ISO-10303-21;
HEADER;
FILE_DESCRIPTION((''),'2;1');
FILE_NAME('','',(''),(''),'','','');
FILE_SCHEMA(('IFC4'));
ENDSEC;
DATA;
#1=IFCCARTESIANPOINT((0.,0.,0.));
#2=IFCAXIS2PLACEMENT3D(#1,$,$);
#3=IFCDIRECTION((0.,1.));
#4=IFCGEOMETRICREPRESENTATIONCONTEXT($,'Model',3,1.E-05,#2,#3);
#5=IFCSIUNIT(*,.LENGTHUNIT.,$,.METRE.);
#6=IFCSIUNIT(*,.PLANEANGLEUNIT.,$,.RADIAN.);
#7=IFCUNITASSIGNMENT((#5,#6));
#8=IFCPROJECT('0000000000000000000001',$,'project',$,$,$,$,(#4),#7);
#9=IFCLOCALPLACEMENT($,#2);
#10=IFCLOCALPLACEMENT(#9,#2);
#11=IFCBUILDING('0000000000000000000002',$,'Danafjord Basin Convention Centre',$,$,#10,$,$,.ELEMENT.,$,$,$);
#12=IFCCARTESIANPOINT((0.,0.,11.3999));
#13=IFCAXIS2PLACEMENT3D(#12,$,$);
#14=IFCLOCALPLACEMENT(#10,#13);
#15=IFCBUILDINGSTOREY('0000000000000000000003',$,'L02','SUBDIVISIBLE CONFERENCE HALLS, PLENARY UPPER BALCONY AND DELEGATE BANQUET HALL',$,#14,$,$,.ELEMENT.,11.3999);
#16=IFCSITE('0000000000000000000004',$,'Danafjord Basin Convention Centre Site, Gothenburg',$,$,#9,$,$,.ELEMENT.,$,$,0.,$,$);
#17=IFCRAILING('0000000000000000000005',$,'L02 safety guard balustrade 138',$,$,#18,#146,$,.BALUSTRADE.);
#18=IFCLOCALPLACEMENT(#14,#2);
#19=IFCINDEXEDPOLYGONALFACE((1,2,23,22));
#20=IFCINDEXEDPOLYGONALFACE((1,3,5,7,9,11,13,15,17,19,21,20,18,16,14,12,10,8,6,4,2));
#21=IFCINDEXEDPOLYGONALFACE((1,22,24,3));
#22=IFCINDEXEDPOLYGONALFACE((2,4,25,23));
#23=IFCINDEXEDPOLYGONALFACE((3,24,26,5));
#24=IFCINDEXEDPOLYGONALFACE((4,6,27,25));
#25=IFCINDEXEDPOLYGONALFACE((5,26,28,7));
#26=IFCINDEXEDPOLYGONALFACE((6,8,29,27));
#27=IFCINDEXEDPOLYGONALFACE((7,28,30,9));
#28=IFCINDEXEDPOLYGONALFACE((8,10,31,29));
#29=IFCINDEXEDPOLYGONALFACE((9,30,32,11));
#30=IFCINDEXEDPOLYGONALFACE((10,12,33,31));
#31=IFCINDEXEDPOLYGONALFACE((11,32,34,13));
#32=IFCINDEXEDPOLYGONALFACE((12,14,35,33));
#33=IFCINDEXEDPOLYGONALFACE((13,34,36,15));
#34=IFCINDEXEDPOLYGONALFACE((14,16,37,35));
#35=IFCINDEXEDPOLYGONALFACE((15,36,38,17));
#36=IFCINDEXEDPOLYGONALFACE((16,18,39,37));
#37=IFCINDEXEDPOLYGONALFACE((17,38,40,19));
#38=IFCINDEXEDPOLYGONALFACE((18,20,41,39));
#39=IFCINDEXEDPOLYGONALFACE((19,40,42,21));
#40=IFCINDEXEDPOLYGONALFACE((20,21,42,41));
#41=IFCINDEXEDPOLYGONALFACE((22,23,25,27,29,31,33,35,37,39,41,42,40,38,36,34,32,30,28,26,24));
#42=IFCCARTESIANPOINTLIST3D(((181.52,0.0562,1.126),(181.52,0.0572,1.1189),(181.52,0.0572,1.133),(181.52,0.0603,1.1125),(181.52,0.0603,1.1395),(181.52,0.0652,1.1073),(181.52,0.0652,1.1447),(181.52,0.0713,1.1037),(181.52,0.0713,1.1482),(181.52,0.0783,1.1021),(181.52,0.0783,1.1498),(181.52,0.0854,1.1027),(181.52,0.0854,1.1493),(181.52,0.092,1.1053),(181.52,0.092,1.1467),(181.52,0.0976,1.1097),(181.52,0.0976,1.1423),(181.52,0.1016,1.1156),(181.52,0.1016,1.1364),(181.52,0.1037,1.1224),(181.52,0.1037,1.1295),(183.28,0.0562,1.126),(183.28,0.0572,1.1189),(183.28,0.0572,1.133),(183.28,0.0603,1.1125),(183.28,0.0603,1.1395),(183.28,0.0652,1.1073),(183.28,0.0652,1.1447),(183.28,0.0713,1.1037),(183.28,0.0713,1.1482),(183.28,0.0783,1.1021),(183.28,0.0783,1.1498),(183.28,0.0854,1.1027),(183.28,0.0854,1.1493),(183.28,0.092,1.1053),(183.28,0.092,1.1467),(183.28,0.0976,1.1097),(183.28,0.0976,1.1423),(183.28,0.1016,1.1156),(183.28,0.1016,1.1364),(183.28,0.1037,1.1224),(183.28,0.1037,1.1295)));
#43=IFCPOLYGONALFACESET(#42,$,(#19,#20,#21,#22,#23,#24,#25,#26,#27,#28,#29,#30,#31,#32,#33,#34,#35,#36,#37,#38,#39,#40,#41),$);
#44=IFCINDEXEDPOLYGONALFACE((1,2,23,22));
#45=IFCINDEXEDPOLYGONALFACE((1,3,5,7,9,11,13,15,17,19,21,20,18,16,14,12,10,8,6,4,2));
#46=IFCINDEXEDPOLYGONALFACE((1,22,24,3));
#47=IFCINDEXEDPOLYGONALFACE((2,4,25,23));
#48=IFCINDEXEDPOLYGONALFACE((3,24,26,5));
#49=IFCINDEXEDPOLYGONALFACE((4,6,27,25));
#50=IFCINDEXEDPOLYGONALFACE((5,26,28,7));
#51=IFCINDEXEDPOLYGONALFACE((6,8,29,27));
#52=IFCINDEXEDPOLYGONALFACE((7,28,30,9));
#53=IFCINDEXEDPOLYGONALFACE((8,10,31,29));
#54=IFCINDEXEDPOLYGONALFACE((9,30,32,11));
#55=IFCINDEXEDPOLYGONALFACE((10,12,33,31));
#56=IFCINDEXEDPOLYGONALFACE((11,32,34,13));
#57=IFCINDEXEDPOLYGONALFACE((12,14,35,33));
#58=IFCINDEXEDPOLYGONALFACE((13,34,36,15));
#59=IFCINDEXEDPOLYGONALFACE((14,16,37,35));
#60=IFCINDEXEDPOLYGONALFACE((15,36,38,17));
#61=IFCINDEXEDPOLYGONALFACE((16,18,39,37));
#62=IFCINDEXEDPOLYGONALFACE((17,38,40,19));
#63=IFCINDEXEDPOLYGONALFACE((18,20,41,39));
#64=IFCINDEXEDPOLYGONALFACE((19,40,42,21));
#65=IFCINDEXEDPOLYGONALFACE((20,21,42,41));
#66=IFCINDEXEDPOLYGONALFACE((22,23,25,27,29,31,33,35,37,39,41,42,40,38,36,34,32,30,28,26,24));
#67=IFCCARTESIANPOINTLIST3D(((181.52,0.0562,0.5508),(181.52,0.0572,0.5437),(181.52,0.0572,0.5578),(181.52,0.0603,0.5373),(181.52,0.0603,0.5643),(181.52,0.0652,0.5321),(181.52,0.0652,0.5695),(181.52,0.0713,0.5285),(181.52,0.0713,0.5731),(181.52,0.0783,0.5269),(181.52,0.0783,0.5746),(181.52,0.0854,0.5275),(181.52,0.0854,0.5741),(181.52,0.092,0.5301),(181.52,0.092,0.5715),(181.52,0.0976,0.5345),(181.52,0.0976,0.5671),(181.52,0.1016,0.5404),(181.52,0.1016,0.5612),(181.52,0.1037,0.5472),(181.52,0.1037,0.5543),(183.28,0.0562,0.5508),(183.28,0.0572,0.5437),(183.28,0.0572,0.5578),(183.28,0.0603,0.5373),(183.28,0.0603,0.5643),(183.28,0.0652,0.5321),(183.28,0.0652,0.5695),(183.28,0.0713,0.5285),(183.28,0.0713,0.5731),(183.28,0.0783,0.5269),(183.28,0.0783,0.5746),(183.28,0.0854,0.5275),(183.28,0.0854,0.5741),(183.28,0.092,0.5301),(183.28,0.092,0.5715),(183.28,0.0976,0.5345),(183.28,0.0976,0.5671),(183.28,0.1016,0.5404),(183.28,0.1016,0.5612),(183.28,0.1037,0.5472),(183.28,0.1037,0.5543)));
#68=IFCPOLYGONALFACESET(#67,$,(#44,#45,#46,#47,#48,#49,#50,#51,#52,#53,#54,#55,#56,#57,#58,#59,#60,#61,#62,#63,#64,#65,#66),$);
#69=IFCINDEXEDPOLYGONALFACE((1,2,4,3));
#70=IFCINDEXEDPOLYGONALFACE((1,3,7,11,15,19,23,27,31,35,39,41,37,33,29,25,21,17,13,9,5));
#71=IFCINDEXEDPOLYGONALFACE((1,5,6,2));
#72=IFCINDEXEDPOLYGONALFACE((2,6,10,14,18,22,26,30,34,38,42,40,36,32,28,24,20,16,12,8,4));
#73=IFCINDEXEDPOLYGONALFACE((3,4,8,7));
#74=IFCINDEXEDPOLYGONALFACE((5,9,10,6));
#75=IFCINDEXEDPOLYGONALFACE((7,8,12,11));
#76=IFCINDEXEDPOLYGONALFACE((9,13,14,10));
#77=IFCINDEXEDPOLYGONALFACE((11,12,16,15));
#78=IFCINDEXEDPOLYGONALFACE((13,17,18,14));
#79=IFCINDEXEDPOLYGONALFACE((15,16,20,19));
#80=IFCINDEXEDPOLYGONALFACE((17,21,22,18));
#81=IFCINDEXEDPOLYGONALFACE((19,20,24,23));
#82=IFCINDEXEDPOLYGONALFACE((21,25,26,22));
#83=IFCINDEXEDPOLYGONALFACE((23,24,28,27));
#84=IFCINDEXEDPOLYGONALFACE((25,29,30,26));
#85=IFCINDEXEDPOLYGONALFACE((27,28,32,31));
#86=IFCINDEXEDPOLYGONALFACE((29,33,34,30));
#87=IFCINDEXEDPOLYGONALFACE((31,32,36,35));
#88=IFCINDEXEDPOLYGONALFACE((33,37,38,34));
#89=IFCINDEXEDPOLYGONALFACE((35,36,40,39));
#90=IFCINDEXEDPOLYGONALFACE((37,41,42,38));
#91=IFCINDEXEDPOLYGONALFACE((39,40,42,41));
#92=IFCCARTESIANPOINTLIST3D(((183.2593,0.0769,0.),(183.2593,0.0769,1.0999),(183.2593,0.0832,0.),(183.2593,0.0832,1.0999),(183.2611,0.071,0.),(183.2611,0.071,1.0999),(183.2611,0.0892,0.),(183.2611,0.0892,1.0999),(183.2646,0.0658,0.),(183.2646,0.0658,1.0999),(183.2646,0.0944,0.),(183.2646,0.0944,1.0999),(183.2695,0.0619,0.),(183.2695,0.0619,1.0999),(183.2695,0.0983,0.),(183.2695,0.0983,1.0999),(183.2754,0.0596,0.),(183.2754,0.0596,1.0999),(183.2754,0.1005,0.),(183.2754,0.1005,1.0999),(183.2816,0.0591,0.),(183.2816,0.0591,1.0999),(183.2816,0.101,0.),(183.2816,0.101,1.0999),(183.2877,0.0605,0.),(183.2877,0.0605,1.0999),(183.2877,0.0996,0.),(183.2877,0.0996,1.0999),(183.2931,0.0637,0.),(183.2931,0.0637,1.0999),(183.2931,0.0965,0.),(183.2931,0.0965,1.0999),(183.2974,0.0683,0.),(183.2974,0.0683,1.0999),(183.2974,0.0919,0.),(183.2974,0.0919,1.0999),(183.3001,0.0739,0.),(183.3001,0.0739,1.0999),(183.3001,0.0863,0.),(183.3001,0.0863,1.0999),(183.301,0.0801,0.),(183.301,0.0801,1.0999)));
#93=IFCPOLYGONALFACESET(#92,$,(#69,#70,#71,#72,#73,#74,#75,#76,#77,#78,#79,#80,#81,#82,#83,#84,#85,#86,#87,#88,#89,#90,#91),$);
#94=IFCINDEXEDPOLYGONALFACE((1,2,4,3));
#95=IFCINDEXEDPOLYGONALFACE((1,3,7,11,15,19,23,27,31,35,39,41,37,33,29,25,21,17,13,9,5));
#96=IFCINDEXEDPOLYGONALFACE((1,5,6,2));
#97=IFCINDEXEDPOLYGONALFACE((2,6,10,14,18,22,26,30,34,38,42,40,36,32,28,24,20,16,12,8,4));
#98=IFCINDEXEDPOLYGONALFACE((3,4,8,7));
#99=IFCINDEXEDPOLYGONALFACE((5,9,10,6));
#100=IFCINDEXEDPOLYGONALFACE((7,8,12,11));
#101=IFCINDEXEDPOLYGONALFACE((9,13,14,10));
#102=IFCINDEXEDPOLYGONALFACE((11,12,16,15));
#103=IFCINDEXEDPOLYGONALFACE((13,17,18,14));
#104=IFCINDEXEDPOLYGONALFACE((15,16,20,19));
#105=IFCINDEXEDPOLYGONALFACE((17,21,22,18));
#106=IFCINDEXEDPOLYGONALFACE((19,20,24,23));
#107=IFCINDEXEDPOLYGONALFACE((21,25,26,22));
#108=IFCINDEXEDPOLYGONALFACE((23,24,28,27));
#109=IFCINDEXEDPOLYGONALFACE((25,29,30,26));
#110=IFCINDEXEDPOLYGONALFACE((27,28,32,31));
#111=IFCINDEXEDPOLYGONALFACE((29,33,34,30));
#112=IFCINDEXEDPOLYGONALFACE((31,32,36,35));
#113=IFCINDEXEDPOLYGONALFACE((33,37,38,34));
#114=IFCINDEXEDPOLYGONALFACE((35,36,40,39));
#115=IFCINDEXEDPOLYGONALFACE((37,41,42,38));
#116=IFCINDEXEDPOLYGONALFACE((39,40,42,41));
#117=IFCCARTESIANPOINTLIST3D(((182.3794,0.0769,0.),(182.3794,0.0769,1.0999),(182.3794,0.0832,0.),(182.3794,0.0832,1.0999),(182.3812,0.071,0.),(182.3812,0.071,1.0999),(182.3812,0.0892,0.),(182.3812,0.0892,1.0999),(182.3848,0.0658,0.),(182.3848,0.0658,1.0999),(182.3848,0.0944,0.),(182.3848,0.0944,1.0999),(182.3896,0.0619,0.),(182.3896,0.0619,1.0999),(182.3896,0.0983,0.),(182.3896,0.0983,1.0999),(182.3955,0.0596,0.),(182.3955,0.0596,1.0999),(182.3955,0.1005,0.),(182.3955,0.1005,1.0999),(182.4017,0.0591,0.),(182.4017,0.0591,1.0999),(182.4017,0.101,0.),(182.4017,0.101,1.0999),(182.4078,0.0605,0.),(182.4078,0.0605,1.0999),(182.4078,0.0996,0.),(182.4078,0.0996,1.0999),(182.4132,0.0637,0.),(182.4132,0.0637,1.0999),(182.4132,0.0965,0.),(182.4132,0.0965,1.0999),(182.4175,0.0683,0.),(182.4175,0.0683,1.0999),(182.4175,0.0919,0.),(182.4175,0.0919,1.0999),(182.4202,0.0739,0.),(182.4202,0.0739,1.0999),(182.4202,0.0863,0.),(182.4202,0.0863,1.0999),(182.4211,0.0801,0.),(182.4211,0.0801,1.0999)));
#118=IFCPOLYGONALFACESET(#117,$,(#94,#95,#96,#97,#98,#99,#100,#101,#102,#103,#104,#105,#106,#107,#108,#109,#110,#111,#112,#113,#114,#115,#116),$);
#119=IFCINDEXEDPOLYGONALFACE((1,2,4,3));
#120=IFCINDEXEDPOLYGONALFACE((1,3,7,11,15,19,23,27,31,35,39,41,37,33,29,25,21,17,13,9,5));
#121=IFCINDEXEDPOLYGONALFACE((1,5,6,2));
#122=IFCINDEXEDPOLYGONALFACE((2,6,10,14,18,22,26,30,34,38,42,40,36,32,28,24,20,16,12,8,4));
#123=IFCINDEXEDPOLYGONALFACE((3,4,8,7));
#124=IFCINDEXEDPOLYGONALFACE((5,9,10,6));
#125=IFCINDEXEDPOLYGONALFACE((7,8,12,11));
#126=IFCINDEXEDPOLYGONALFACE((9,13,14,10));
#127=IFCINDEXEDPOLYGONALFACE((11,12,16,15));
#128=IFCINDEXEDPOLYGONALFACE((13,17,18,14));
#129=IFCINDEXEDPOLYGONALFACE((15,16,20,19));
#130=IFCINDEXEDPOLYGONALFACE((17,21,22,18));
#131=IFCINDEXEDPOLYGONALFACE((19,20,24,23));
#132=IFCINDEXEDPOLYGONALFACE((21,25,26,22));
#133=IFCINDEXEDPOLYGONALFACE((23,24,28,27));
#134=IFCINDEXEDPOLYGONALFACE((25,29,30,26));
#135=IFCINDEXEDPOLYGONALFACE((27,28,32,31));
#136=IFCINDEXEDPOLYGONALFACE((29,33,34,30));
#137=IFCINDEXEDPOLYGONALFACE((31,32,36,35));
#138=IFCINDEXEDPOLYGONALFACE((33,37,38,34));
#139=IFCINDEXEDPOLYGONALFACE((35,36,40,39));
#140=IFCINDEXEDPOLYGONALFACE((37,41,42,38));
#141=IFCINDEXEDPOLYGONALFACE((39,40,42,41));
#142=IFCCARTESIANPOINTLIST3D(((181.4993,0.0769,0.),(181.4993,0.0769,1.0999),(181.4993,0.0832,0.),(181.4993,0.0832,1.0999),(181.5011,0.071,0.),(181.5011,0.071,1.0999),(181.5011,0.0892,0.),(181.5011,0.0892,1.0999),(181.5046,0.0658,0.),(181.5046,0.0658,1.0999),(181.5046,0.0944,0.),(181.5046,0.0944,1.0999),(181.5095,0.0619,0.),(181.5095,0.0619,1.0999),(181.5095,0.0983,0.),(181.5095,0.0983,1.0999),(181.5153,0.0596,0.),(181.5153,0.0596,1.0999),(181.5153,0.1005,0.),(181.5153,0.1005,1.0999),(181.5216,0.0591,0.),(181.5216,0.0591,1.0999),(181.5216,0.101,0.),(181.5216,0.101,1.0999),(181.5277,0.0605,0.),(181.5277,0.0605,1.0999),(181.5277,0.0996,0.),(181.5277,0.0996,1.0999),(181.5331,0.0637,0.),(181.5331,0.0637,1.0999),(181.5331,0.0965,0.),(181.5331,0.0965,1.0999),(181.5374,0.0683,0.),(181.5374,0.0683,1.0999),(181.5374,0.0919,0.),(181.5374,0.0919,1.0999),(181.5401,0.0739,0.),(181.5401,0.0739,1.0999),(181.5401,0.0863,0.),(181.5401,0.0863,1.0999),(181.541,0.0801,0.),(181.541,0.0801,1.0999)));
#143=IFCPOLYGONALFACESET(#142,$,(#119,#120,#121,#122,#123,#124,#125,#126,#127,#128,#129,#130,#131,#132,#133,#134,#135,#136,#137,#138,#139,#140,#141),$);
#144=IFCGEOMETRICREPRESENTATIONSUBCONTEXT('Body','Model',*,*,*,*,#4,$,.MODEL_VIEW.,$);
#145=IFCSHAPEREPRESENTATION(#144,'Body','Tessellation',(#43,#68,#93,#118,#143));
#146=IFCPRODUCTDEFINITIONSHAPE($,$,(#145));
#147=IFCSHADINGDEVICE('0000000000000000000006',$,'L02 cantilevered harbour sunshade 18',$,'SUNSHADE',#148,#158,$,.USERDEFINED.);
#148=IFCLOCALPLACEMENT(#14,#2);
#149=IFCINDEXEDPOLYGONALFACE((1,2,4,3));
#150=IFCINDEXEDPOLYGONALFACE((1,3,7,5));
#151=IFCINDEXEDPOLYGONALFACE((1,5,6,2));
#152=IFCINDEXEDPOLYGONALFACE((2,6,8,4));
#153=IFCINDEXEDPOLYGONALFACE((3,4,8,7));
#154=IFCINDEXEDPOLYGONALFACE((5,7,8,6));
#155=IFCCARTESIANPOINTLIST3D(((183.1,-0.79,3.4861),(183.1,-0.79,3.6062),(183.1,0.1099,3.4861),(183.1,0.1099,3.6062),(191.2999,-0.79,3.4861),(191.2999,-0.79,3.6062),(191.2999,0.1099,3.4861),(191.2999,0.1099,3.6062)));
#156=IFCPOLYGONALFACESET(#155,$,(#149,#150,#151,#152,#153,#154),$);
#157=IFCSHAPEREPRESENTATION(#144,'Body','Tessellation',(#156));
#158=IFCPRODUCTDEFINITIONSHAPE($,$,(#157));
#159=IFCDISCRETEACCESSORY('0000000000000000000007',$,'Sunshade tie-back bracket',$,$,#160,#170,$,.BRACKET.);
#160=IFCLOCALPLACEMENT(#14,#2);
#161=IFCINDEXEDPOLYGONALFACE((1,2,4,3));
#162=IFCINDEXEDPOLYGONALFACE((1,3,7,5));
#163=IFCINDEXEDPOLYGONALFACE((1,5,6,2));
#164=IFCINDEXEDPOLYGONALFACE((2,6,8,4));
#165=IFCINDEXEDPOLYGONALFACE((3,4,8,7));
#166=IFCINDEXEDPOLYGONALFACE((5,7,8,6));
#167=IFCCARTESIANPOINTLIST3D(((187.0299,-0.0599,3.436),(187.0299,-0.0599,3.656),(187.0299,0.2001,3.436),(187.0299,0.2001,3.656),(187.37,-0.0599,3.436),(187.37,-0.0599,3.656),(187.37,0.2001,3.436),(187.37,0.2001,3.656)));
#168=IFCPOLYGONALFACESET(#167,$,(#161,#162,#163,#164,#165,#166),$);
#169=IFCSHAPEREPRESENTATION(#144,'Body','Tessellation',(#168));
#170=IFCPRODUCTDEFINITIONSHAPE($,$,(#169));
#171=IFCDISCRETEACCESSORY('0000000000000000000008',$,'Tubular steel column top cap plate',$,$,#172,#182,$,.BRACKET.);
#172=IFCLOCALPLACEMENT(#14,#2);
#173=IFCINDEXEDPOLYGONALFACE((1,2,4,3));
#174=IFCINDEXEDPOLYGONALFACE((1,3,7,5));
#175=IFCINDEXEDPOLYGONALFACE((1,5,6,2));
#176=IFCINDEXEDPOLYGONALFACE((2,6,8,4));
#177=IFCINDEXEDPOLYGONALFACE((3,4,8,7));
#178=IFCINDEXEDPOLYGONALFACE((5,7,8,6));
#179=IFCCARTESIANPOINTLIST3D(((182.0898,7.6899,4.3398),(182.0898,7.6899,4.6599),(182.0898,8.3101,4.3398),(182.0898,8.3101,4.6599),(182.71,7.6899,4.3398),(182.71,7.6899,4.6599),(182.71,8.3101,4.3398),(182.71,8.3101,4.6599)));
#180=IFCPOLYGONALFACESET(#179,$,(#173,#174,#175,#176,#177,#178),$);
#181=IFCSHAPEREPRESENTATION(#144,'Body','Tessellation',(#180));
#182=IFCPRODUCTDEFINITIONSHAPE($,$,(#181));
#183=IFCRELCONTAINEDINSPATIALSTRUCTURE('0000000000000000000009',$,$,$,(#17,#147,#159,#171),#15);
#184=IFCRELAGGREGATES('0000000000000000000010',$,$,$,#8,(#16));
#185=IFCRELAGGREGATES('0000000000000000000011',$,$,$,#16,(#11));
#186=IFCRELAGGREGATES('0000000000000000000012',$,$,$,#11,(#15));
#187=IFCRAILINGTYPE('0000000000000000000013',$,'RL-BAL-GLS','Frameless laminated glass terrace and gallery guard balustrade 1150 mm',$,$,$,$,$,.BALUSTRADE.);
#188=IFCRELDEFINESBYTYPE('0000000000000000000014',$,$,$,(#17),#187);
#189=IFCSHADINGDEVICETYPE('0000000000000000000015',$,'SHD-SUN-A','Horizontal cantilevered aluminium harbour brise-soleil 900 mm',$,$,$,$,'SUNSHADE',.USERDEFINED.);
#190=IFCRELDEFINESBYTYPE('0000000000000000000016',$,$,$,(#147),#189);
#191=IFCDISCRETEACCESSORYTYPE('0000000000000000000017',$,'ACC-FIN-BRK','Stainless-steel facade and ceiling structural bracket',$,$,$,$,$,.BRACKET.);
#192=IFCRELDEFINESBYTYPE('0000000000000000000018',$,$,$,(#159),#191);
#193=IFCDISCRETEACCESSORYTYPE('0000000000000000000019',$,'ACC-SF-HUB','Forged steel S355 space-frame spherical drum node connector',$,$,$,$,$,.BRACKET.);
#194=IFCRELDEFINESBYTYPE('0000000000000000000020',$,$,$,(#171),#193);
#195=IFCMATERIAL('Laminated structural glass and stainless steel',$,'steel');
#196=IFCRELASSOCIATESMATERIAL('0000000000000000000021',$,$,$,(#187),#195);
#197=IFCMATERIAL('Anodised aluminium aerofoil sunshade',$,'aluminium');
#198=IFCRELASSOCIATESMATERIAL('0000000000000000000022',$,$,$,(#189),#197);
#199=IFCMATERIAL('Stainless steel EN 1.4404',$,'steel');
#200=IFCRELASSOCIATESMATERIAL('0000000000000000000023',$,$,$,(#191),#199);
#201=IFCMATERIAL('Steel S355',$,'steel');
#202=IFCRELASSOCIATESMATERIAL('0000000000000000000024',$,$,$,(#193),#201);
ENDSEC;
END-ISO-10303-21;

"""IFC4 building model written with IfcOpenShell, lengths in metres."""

from ifc_helpers import new_model, si_unit, direction, frame, origin, origin_2d, place, context, subcontext, project, spatial, rectangle, circle, extrude, material, type_object, element, save


model = new_model("IFC4")

# Units and contexts
model_context = context("Model", 3, precision=1e-05, world=origin(), true_north=direction((0.0, 1.0)))
body_context = subcontext(model_context, "Body", "Model", "MODEL_VIEW")
ifc_project = project(units=[si_unit("LENGTHUNIT", "METRE"), si_unit("PLANEANGLEUNIT", "RADIAN")], contexts=[model_context])

# Site, building, storey
site_placement = place(None, origin())
site = spatial("IfcSite", under=ifc_project, at=site_placement, Name="Danafjord Basin Convention Centre Site, Gothenburg", CompositionType="ELEMENT", RefElevation=0.0)
building_placement = place(site_placement, origin())
building = spatial("IfcBuilding", under=site, at=building_placement, Name="Danafjord Basin Convention Centre", CompositionType="ELEMENT")
storey_placement = place(building_placement, frame((0.0, 0.0, 11.3999)))
storey = spatial("IfcBuildingStorey", under=building, at=storey_placement, Name="L02", Description="SUBDIVISIBLE CONFERENCE HALLS, PLENARY UPPER BALCONY AND DELEGATE BANQUET HALL", CompositionType="ELEMENT", Elevation=11.3999)

# Shared definitions
ifc_material_1 = material(Name="Steel S355", Category="steel")

# Railing
ifc_material_2 = material(Name="Laminated structural glass and stainless steel", Category="steel")
railing_type = type_object("IfcRailingType", Name="RL-BAL-GLS", Description="Frameless laminated glass terrace and gallery guard balustrade 1150 mm", PredefinedType="BALUSTRADE", material=ifc_material_2)
railing_placement = place(storey_placement, frame((183.28, 0.0801, 0.0)))
element("IfcRailing", 1, at=railing_placement, inside=storey, type_object=railing_type, Name="L02 safety guard balustrade 138", PredefinedType="BALUSTRADE", context=body_context, shape_type="SweptSolid", body=[
    extrude(circle(Radius=0.0239, at=origin_2d()), frame((0.0, 0.0, 1.126), z_axis=(-1.0, 0.0, 0.0), x_axis=(0.0, -1.0, 0.0)), (0.0, 0.0, 1.0), 1.76),
    extrude(circle(Radius=0.0239, at=origin_2d()), frame((0.0, 0.0, 0.5508), z_axis=(-1.0, 0.0, 0.0), x_axis=(0.0, -1.0, 0.0)), (0.0, 0.0, 1.0), 1.76),
    extrude(circle(Radius=0.021, at=origin_2d()), origin(), (0.0, 0.0, 1.0), 1.0999),
    extrude(circle(Radius=0.021, at=origin_2d()), frame((-0.8799, 0.0, 0.0)), (0.0, 0.0, 1.0), 1.0999),
    extrude(circle(Radius=0.021, at=origin_2d()), frame((-1.76, 0.0, 0.0)), (0.0, 0.0, 1.0), 1.0999),
])

# Shading device
ifc_material_3 = material(Name="Anodised aluminium aerofoil sunshade", Category="aluminium")
shading_device_type = type_object("IfcShadingDeviceType", Name="SHD-SUN-A", Description="Horizontal cantilevered aluminium harbour brise-soleil 900 mm", ElementType="SUNSHADE", PredefinedType="USERDEFINED", material=ifc_material_3)
shading_device_placement = place(storey_placement, frame((187.2, -0.3401, 3.4861), z_axis=(0.0, 0.0, 1.0), x_axis=(1.0, 0.0, 0.0)))
element("IfcShadingDevice", 2, at=shading_device_placement, inside=storey, type_object=shading_device_type, Name="L02 cantilevered harbour sunshade 18", ObjectType="SUNSHADE", PredefinedType="USERDEFINED", context=body_context, shape_type="SweptSolid", body=[
    extrude(rectangle(XDim=8.2, YDim=0.8999, at=origin_2d()), origin(), (0.0, 0.0, 1.0), 0.1201),
])

# Discrete accessories
ifc_material_4 = material(Name="Stainless steel EN 1.4404", Category="steel")
discrete_accessory_type_1 = type_object("IfcDiscreteAccessoryType", Name="ACC-FIN-BRK", Description="Stainless-steel facade and ceiling structural bracket", PredefinedType="BRACKET", material=ifc_material_4)
discrete_accessory_1_placement = place(storey_placement, frame((187.2, 0.0701, 3.436), z_axis=(0.0, 0.0, 1.0), x_axis=(1.0, 0.0, 0.0)))
element("IfcDiscreteAccessory", 3, at=discrete_accessory_1_placement, inside=storey, type_object=discrete_accessory_type_1, Name="Sunshade tie-back bracket", PredefinedType="BRACKET", context=body_context, shape_type="SweptSolid", body=[
    extrude(rectangle(XDim=0.3401, YDim=0.26, at=origin_2d()), origin(), (0.0, 0.0, 1.0), 0.22),
])
discrete_accessory_type_2 = type_object("IfcDiscreteAccessoryType", Name="ACC-SF-HUB", Description="Forged steel S355 space-frame spherical drum node connector", PredefinedType="BRACKET", material=ifc_material_1)
discrete_accessory_2_placement = place(storey_placement, frame((182.3999, 8.0, 4.3398), z_axis=(0.0, 0.0, 1.0), x_axis=(1.0, 0.0, 0.0)))
element("IfcDiscreteAccessory", 4, at=discrete_accessory_2_placement, inside=storey, type_object=discrete_accessory_type_2, Name="Tubular steel column top cap plate", PredefinedType="BRACKET", context=body_context, shape_type="SweptSolid", body=[
    extrude(rectangle(XDim=0.6201, YDim=0.6201, at=origin_2d()), origin(), (0.0, 0.0, 1.0), 0.3201),
])

save(model, "model.ifc")
